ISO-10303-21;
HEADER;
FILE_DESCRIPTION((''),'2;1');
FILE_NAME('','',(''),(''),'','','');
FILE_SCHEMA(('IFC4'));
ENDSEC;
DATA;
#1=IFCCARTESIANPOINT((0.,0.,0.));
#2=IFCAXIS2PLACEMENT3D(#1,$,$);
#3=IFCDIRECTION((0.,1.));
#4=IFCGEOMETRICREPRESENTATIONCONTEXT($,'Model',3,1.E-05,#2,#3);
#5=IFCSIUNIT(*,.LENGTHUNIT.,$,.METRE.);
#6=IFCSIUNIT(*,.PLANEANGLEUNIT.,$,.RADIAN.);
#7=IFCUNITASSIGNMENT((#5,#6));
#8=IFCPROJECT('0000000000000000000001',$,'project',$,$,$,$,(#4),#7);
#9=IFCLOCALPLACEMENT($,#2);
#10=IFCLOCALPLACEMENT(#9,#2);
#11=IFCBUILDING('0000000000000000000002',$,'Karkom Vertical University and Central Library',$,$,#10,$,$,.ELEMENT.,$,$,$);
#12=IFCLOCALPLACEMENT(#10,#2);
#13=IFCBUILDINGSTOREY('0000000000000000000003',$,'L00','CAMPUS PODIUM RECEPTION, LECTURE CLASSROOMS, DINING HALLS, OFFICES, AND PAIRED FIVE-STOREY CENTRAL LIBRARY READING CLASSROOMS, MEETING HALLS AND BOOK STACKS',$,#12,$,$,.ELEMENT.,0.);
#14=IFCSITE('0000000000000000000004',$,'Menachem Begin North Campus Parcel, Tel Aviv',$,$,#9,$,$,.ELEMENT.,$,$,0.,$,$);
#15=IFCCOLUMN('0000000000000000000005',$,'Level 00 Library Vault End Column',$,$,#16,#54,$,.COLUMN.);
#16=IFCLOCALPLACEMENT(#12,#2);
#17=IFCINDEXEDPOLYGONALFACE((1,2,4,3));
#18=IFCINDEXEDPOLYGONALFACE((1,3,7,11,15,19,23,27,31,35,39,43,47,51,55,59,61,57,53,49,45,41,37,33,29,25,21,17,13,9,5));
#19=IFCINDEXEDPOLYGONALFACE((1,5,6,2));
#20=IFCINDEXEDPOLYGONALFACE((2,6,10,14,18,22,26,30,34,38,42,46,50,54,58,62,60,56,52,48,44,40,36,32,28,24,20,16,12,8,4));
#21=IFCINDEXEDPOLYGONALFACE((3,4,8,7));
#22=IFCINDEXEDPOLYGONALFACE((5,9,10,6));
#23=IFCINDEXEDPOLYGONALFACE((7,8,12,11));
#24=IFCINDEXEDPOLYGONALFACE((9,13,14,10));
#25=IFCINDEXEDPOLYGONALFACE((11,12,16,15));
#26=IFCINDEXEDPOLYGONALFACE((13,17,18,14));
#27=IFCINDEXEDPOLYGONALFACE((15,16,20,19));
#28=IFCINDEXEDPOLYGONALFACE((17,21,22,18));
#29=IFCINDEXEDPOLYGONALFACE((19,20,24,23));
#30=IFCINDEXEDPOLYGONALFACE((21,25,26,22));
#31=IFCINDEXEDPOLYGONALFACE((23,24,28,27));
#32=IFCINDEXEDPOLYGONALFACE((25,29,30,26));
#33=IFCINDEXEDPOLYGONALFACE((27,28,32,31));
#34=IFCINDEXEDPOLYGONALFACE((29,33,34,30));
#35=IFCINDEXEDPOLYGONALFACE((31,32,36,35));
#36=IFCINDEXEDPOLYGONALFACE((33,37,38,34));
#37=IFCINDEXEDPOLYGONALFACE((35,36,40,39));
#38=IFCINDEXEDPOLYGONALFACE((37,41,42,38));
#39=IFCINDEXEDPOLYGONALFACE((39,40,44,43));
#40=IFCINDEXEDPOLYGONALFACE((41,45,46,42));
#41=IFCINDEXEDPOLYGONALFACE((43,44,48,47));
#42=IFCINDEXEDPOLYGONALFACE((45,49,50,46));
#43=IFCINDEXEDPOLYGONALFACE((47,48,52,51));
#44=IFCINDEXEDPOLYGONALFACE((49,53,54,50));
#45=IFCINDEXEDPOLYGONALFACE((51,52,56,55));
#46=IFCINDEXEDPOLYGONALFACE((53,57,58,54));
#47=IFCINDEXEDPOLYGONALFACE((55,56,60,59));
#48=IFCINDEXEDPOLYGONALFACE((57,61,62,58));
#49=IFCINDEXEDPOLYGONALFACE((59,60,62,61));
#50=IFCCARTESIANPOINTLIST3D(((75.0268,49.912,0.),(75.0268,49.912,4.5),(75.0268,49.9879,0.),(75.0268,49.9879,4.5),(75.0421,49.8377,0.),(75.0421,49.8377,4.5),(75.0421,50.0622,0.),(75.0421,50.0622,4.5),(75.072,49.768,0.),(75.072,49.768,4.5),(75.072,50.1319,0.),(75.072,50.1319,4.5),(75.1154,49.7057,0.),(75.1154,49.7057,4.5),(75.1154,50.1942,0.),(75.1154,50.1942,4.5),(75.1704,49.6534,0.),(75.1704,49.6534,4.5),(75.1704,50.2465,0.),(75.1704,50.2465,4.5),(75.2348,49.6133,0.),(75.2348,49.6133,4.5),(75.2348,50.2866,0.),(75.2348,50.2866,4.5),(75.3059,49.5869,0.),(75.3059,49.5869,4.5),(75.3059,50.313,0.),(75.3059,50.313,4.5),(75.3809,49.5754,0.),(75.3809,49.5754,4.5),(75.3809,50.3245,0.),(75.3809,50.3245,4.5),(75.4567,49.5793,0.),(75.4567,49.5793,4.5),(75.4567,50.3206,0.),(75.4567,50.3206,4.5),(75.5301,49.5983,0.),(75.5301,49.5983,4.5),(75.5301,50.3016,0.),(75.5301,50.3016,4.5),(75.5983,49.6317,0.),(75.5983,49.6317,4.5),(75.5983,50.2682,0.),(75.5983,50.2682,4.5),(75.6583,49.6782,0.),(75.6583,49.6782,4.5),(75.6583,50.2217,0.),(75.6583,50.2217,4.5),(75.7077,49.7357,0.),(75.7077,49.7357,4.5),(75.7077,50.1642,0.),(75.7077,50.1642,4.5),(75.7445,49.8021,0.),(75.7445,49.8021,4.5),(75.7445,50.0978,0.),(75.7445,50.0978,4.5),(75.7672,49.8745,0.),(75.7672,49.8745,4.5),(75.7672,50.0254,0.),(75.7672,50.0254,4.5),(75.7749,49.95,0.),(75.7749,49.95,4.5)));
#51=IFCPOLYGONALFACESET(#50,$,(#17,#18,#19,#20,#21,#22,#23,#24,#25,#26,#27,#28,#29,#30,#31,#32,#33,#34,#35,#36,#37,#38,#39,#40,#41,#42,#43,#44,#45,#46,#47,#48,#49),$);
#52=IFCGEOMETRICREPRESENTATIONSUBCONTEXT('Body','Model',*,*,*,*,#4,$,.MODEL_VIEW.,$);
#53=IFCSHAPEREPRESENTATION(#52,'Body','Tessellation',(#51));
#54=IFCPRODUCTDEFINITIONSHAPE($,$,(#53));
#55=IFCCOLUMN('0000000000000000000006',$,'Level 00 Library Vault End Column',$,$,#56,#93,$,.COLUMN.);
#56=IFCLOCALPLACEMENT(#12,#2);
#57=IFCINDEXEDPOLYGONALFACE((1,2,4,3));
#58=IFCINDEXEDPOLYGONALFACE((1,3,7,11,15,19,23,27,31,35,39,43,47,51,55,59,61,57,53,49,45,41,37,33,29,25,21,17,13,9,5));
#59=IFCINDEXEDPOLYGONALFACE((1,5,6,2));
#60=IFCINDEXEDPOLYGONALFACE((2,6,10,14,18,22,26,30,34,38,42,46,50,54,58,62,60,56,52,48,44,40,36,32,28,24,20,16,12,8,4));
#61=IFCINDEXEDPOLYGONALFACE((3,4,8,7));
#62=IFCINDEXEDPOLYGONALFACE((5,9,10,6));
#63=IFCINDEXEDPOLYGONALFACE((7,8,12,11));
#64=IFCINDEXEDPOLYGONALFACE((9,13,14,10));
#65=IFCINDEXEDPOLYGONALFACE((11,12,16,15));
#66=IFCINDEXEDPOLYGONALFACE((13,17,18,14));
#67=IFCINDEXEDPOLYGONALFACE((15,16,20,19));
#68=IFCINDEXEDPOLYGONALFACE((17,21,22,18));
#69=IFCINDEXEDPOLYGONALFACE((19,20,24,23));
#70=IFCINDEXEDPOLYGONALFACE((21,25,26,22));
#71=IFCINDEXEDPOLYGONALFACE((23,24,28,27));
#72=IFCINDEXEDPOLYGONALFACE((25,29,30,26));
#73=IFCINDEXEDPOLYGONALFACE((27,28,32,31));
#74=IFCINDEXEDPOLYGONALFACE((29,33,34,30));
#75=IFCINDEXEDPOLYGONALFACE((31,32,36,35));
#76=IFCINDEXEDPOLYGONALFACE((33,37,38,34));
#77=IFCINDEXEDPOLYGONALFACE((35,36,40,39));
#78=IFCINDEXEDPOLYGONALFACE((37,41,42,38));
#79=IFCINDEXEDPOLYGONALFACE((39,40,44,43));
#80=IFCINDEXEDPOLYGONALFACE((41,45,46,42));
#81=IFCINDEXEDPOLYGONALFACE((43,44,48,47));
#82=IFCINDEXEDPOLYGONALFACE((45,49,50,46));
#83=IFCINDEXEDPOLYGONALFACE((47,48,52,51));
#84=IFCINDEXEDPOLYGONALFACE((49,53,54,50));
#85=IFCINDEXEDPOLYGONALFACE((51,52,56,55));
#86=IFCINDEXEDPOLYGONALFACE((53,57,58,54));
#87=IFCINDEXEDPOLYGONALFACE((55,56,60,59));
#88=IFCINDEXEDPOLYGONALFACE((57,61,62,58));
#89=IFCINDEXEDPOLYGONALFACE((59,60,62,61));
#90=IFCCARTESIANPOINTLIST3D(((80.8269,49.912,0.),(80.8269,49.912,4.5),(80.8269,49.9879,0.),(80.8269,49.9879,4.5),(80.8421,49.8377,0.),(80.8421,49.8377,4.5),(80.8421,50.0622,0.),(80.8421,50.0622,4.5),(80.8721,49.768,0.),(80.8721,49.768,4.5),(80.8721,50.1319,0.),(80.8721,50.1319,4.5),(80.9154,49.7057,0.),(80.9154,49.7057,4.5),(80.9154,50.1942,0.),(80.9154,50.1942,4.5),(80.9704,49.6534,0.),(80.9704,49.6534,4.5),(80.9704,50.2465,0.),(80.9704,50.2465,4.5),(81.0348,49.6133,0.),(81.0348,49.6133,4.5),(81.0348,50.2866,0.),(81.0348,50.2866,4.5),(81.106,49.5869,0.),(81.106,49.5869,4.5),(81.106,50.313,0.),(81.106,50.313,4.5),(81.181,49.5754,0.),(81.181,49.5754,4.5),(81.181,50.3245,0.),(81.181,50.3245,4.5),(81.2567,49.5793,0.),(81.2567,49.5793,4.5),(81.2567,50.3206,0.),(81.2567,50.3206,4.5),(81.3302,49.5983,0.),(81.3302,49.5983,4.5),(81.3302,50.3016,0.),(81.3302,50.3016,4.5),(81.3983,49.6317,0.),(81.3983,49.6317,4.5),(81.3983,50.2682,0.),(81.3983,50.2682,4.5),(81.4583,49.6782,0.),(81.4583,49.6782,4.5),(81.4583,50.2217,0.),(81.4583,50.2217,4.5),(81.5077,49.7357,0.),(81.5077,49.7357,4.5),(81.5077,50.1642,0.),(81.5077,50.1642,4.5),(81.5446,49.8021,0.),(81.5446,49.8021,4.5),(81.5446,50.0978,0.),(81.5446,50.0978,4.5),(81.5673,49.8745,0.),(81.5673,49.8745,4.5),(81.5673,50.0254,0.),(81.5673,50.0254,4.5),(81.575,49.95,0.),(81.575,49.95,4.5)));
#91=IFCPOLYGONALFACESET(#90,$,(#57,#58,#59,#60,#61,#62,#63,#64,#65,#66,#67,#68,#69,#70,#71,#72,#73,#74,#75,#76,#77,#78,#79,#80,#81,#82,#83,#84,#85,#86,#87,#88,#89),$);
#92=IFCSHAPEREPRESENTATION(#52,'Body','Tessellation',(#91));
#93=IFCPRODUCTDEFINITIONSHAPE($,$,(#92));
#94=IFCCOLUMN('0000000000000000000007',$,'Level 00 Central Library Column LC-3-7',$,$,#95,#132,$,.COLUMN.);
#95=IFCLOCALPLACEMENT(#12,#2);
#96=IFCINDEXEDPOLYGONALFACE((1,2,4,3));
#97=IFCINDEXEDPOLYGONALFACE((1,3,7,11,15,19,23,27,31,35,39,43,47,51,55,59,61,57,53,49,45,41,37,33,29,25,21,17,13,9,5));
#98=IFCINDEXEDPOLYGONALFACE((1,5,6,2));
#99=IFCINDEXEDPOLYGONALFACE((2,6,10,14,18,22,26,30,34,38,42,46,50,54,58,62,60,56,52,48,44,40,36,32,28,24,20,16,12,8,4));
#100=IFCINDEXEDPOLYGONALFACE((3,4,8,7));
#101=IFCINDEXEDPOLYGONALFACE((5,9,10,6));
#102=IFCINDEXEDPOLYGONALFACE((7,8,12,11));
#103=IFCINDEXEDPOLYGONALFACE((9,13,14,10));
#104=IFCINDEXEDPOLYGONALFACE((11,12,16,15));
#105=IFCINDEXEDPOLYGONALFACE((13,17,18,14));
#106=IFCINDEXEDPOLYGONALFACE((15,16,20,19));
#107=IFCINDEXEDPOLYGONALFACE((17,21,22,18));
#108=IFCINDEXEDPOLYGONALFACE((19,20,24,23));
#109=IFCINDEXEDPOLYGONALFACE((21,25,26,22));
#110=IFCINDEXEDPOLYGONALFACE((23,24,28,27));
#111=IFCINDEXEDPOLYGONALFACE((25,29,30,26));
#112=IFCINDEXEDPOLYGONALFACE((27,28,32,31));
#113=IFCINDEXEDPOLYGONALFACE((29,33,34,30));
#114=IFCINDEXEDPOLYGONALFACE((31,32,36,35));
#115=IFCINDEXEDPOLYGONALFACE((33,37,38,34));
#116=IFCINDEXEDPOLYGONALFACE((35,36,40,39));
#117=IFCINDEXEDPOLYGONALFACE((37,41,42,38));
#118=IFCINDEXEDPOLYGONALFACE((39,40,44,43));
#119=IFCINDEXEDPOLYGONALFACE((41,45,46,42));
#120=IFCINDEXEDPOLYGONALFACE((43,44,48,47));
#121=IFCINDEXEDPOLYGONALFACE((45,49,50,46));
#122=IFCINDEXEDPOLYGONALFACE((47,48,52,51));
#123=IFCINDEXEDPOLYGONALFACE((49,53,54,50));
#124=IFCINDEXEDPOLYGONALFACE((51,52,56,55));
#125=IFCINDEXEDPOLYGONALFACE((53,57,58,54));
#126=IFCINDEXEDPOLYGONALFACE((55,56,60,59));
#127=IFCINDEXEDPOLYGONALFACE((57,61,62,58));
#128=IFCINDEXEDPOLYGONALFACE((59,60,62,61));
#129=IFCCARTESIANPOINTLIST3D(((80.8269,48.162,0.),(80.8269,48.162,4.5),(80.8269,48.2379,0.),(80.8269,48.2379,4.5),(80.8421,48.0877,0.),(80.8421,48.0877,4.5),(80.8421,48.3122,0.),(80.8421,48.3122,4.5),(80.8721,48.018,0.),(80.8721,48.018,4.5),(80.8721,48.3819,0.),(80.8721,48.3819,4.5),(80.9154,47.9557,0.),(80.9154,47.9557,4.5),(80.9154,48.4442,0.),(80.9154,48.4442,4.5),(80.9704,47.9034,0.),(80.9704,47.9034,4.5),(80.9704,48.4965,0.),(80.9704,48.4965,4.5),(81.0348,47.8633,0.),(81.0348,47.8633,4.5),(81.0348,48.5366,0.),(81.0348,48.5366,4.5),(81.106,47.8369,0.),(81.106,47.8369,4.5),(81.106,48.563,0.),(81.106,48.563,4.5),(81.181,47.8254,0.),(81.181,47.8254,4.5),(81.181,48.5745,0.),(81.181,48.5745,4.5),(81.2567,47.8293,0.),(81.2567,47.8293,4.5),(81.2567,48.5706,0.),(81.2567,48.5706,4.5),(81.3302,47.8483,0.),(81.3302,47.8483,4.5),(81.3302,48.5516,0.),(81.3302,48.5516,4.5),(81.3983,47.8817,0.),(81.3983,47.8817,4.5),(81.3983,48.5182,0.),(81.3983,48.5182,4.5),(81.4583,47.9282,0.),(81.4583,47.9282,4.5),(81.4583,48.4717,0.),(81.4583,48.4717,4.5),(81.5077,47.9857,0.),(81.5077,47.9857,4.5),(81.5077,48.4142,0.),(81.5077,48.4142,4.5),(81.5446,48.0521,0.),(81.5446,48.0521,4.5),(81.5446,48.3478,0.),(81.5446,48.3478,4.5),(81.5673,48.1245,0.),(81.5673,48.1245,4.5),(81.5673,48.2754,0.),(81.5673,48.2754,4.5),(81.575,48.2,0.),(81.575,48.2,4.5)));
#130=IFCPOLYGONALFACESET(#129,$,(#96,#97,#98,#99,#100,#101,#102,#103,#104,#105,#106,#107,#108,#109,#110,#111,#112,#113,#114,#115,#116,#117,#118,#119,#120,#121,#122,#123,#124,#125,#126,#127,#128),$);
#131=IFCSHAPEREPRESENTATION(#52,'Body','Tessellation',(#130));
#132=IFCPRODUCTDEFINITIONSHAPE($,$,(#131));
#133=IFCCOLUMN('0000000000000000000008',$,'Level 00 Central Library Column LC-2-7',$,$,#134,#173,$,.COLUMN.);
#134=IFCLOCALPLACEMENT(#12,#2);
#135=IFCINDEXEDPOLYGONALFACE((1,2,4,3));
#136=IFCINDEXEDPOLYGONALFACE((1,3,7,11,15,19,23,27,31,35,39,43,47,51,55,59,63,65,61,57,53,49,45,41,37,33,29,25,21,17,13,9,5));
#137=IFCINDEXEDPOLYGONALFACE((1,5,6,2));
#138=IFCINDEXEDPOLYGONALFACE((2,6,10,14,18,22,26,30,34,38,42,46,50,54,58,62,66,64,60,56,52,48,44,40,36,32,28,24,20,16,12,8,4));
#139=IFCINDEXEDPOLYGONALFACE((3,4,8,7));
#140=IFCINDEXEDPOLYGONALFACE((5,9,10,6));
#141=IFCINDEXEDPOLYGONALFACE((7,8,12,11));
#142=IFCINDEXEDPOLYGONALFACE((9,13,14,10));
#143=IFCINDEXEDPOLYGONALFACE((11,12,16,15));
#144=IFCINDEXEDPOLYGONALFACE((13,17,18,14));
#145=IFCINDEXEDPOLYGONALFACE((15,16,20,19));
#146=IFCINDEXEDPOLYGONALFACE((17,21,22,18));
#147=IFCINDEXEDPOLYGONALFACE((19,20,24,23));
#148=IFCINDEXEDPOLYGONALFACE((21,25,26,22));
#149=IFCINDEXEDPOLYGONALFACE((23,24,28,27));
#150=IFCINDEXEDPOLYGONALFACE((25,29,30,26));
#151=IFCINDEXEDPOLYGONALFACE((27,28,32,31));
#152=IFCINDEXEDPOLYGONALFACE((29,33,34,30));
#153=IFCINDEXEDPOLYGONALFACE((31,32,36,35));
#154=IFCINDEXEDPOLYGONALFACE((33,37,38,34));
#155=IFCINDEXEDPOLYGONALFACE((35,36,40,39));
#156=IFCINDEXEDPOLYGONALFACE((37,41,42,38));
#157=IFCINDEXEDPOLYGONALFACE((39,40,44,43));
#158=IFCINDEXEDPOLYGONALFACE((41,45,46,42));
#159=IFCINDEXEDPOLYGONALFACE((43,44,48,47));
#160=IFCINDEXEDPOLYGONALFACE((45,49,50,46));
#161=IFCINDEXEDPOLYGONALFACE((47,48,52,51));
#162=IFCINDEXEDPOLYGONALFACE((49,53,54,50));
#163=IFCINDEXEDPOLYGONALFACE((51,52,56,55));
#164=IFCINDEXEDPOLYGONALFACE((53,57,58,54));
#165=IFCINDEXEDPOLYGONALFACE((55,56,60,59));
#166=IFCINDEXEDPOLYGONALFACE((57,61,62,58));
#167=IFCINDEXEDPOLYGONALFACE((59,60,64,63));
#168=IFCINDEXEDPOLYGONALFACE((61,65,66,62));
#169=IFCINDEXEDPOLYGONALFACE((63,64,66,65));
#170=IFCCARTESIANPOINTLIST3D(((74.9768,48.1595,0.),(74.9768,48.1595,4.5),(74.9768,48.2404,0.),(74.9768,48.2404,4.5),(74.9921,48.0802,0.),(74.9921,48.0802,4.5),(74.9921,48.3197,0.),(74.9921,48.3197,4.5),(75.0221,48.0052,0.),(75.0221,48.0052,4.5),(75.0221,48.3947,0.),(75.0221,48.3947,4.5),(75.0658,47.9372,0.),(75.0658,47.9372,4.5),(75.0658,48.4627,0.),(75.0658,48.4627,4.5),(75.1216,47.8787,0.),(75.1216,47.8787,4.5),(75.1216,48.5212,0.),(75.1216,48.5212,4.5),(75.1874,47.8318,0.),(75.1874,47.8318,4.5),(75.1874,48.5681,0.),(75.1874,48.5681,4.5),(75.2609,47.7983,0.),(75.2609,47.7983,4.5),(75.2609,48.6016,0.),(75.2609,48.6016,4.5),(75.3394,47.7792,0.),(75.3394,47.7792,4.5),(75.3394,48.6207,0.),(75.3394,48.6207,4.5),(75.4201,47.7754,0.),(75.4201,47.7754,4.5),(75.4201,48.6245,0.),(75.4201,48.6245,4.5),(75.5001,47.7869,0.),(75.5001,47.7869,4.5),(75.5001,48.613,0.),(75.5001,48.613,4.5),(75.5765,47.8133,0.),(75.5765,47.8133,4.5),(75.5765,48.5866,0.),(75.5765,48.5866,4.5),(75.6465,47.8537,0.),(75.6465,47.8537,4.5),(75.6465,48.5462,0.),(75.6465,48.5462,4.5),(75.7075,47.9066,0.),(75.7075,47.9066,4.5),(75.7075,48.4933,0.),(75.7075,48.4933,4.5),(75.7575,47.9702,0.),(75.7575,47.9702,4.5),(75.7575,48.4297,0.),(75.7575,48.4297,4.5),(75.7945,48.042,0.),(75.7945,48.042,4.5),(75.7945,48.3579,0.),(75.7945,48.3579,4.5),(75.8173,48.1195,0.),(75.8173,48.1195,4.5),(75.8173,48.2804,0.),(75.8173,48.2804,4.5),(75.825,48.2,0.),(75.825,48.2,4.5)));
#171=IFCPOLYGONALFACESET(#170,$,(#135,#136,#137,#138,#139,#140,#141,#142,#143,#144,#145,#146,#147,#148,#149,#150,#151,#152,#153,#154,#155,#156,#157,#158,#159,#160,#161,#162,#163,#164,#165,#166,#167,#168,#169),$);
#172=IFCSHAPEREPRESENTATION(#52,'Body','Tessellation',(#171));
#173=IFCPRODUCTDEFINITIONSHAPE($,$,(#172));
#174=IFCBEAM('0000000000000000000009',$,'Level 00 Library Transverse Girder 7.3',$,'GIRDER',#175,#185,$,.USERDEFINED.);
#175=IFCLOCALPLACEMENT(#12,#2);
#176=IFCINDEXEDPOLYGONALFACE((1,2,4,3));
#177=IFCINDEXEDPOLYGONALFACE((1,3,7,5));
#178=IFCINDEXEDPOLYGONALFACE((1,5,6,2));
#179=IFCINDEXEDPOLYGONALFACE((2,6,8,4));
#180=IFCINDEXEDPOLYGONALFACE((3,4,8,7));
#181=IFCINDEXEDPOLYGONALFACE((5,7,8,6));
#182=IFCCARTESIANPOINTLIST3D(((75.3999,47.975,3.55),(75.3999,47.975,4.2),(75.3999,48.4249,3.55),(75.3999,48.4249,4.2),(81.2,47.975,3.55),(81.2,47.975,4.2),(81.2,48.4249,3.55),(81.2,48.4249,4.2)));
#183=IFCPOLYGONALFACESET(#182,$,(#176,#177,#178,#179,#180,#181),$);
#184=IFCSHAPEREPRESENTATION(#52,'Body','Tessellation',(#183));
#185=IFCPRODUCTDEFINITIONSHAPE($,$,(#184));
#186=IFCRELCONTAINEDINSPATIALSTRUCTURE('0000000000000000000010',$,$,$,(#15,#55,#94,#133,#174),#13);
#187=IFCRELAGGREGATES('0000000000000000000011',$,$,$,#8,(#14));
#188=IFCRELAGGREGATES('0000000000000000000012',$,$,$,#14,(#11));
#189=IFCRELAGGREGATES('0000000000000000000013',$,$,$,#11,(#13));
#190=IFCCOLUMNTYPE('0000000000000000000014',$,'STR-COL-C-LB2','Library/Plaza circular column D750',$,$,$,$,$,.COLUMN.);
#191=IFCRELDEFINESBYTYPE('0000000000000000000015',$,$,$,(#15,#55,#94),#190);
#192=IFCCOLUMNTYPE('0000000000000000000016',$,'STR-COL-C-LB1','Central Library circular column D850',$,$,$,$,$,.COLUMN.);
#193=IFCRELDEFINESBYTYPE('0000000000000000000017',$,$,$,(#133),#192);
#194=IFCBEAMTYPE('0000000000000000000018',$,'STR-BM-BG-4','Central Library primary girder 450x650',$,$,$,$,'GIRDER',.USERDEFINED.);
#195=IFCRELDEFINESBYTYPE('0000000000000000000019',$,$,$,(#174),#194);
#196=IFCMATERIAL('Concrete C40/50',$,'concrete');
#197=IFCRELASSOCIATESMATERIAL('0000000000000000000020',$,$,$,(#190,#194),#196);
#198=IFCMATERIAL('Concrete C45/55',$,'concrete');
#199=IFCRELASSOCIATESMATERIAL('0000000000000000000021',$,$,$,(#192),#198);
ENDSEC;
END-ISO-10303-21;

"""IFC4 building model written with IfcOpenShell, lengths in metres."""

from ifc_helpers import new_model, si_unit, direction, frame, origin, origin_with_axes, origin_2d, place, context, subcontext, project, spatial, rectangle, circle, extrude, source, transform, mapped, material, material_profile, profile_set, type_object, element, save


model = new_model("IFC4")

# Units and contexts
model_context = context("Model", 3, precision=1e-05, world=origin(), true_north=direction((0.0, 1.0)))
body_context = subcontext(model_context, "Body", "Model", "MODEL_VIEW")
ifc_project = project(units=[si_unit("LENGTHUNIT", "METRE"), si_unit("PLANEANGLEUNIT", "RADIAN")], contexts=[model_context])

# Site, building, storey
site_placement = place(None, origin())
site = spatial("IfcSite", under=ifc_project, at=site_placement, Name="Menachem Begin North Campus Parcel, Tel Aviv", CompositionType="ELEMENT", RefElevation=0.0)
building_placement = place(site_placement, origin())
building = spatial("IfcBuilding", under=site, at=building_placement, Name="Karkom Vertical University and Central Library", CompositionType="ELEMENT")
storey_placement = place(building_placement, origin())
storey = spatial("IfcBuildingStorey", under=building, at=storey_placement, Name="L00", Description="CAMPUS PODIUM RECEPTION, LECTURE CLASSROOMS, DINING HALLS, OFFICES, AND PAIRED FIVE-STOREY CENTRAL LIBRARY READING CLASSROOMS, MEETING HALLS AND BOOK STACKS", CompositionType="ELEMENT", Elevation=0.0)

# Columns
ifc_material_1 = material(Name="Concrete C40/50", Category="concrete")
ifc_material_profile_1 = material_profile(ifc_material_1, circle(Radius=0.375, at=origin_2d()), Name="RC-D750")
ifc_profile_set_1 = profile_set([ifc_material_profile_1], Name="Concrete C40/50")
column_type_1 = type_object("IfcColumnType", Name="STR-COL-C-LB2", Description="Library/Plaza circular column D750", PredefinedType="COLUMN", material=ifc_profile_set_1)
shared_shape_1 = source(origin_with_axes(), body_context, "Body", "SweptSolid", [
    extrude(circle(Radius=0.375, at=origin_2d()), origin(), (0.0, 0.0, 1.0), 4.5),
])
for number, where, z_axis, x_axis, name in (
    (1, (75.3999, 49.95, 0.0), (0.0, 0.0, 1.0), (1.0, 0.0, 0.0), "Level 00 Library Vault End Column"),
    (2, (81.2, 49.95, 0.0), (0.0, 0.0, 1.0), (1.0, 0.0, 0.0), "Level 00 Library Vault End Column"),
    (3, (81.2, 48.2, 0.0), (0.0, 0.0, 1.0), (1.0, 0.0, 0.0), "Level 00 Central Library Column LC-3-7"),
):
    element("IfcColumn", number, at=place(storey_placement, frame(where, z_axis=z_axis, x_axis=x_axis)), inside=storey, type_object=column_type_1, Name=name, PredefinedType="COLUMN", context=body_context, shape_type="MappedRepresentation", body=[
        mapped(shared_shape_1, transform((0.0, 0.0, 0.0), scale=1.0)),
    ])
ifc_material_2 = material(Name="Concrete C45/55", Category="concrete")
ifc_material_profile_2 = material_profile(ifc_material_2, circle(Radius=0.425, at=origin_2d()), Name="RC-D850")
ifc_profile_set_2 = profile_set([ifc_material_profile_2], Name="Concrete C45/55")
column_type_2 = type_object("IfcColumnType", Name="STR-COL-C-LB1", Description="Central Library circular column D850", PredefinedType="COLUMN", material=ifc_profile_set_2)
shared_shape_2 = source(origin_with_axes(), body_context, "Body", "SweptSolid", [
    extrude(circle(Radius=0.425, at=origin_2d()), origin(), (0.0, 0.0, 1.0), 4.5),
])
column_placement = place(storey_placement, frame((75.3999, 48.2, 0.0), z_axis=(0.0, 0.0, 1.0), x_axis=(1.0, 0.0, 0.0)))
element("IfcColumn", 4, at=column_placement, inside=storey, type_object=column_type_2, Name="Level 00 Central Library Column LC-2-7", PredefinedType="COLUMN", context=body_context, shape_type="MappedRepresentation", body=[
    mapped(shared_shape_2, transform((0.0, 0.0, 0.0), scale=1.0)),
])

# Beam
ifc_material_profile_3 = material_profile(ifc_material_1, rectangle(XDim=0.45, YDim=0.6499, at=origin_2d()), Name="RCB-450x650")
ifc_profile_set_3 = profile_set([ifc_material_profile_3], Name="Concrete C40/50")
beam_type = type_object("IfcBeamType", Name="STR-BM-BG-4", Description="Central Library primary girder 450x650", ElementType="GIRDER", PredefinedType="USERDEFINED", material=ifc_profile_set_3)
shared_shape_3 = source(origin_with_axes(), body_context, "Body", "SweptSolid", [
    extrude(rectangle(XDim=0.45, YDim=0.6499, at=origin_2d()), origin(), (0.0, 0.0, 1.0), 5.8),
])
beam_placement = place(storey_placement, frame((75.3999, 48.2, 3.875), z_axis=(1.0, 0.0, 0.0), x_axis=(0.0, 1.0, 0.0)))
element("IfcBeam", 5, at=beam_placement, inside=storey, type_object=beam_type, Name="Level 00 Library Transverse Girder 7.3", ObjectType="GIRDER", PredefinedType="USERDEFINED", context=body_context, shape_type="MappedRepresentation", body=[
    mapped(shared_shape_3, transform((0.0, 0.0, 0.0), scale=1.0)),
])

save(model, "model.ifc")
